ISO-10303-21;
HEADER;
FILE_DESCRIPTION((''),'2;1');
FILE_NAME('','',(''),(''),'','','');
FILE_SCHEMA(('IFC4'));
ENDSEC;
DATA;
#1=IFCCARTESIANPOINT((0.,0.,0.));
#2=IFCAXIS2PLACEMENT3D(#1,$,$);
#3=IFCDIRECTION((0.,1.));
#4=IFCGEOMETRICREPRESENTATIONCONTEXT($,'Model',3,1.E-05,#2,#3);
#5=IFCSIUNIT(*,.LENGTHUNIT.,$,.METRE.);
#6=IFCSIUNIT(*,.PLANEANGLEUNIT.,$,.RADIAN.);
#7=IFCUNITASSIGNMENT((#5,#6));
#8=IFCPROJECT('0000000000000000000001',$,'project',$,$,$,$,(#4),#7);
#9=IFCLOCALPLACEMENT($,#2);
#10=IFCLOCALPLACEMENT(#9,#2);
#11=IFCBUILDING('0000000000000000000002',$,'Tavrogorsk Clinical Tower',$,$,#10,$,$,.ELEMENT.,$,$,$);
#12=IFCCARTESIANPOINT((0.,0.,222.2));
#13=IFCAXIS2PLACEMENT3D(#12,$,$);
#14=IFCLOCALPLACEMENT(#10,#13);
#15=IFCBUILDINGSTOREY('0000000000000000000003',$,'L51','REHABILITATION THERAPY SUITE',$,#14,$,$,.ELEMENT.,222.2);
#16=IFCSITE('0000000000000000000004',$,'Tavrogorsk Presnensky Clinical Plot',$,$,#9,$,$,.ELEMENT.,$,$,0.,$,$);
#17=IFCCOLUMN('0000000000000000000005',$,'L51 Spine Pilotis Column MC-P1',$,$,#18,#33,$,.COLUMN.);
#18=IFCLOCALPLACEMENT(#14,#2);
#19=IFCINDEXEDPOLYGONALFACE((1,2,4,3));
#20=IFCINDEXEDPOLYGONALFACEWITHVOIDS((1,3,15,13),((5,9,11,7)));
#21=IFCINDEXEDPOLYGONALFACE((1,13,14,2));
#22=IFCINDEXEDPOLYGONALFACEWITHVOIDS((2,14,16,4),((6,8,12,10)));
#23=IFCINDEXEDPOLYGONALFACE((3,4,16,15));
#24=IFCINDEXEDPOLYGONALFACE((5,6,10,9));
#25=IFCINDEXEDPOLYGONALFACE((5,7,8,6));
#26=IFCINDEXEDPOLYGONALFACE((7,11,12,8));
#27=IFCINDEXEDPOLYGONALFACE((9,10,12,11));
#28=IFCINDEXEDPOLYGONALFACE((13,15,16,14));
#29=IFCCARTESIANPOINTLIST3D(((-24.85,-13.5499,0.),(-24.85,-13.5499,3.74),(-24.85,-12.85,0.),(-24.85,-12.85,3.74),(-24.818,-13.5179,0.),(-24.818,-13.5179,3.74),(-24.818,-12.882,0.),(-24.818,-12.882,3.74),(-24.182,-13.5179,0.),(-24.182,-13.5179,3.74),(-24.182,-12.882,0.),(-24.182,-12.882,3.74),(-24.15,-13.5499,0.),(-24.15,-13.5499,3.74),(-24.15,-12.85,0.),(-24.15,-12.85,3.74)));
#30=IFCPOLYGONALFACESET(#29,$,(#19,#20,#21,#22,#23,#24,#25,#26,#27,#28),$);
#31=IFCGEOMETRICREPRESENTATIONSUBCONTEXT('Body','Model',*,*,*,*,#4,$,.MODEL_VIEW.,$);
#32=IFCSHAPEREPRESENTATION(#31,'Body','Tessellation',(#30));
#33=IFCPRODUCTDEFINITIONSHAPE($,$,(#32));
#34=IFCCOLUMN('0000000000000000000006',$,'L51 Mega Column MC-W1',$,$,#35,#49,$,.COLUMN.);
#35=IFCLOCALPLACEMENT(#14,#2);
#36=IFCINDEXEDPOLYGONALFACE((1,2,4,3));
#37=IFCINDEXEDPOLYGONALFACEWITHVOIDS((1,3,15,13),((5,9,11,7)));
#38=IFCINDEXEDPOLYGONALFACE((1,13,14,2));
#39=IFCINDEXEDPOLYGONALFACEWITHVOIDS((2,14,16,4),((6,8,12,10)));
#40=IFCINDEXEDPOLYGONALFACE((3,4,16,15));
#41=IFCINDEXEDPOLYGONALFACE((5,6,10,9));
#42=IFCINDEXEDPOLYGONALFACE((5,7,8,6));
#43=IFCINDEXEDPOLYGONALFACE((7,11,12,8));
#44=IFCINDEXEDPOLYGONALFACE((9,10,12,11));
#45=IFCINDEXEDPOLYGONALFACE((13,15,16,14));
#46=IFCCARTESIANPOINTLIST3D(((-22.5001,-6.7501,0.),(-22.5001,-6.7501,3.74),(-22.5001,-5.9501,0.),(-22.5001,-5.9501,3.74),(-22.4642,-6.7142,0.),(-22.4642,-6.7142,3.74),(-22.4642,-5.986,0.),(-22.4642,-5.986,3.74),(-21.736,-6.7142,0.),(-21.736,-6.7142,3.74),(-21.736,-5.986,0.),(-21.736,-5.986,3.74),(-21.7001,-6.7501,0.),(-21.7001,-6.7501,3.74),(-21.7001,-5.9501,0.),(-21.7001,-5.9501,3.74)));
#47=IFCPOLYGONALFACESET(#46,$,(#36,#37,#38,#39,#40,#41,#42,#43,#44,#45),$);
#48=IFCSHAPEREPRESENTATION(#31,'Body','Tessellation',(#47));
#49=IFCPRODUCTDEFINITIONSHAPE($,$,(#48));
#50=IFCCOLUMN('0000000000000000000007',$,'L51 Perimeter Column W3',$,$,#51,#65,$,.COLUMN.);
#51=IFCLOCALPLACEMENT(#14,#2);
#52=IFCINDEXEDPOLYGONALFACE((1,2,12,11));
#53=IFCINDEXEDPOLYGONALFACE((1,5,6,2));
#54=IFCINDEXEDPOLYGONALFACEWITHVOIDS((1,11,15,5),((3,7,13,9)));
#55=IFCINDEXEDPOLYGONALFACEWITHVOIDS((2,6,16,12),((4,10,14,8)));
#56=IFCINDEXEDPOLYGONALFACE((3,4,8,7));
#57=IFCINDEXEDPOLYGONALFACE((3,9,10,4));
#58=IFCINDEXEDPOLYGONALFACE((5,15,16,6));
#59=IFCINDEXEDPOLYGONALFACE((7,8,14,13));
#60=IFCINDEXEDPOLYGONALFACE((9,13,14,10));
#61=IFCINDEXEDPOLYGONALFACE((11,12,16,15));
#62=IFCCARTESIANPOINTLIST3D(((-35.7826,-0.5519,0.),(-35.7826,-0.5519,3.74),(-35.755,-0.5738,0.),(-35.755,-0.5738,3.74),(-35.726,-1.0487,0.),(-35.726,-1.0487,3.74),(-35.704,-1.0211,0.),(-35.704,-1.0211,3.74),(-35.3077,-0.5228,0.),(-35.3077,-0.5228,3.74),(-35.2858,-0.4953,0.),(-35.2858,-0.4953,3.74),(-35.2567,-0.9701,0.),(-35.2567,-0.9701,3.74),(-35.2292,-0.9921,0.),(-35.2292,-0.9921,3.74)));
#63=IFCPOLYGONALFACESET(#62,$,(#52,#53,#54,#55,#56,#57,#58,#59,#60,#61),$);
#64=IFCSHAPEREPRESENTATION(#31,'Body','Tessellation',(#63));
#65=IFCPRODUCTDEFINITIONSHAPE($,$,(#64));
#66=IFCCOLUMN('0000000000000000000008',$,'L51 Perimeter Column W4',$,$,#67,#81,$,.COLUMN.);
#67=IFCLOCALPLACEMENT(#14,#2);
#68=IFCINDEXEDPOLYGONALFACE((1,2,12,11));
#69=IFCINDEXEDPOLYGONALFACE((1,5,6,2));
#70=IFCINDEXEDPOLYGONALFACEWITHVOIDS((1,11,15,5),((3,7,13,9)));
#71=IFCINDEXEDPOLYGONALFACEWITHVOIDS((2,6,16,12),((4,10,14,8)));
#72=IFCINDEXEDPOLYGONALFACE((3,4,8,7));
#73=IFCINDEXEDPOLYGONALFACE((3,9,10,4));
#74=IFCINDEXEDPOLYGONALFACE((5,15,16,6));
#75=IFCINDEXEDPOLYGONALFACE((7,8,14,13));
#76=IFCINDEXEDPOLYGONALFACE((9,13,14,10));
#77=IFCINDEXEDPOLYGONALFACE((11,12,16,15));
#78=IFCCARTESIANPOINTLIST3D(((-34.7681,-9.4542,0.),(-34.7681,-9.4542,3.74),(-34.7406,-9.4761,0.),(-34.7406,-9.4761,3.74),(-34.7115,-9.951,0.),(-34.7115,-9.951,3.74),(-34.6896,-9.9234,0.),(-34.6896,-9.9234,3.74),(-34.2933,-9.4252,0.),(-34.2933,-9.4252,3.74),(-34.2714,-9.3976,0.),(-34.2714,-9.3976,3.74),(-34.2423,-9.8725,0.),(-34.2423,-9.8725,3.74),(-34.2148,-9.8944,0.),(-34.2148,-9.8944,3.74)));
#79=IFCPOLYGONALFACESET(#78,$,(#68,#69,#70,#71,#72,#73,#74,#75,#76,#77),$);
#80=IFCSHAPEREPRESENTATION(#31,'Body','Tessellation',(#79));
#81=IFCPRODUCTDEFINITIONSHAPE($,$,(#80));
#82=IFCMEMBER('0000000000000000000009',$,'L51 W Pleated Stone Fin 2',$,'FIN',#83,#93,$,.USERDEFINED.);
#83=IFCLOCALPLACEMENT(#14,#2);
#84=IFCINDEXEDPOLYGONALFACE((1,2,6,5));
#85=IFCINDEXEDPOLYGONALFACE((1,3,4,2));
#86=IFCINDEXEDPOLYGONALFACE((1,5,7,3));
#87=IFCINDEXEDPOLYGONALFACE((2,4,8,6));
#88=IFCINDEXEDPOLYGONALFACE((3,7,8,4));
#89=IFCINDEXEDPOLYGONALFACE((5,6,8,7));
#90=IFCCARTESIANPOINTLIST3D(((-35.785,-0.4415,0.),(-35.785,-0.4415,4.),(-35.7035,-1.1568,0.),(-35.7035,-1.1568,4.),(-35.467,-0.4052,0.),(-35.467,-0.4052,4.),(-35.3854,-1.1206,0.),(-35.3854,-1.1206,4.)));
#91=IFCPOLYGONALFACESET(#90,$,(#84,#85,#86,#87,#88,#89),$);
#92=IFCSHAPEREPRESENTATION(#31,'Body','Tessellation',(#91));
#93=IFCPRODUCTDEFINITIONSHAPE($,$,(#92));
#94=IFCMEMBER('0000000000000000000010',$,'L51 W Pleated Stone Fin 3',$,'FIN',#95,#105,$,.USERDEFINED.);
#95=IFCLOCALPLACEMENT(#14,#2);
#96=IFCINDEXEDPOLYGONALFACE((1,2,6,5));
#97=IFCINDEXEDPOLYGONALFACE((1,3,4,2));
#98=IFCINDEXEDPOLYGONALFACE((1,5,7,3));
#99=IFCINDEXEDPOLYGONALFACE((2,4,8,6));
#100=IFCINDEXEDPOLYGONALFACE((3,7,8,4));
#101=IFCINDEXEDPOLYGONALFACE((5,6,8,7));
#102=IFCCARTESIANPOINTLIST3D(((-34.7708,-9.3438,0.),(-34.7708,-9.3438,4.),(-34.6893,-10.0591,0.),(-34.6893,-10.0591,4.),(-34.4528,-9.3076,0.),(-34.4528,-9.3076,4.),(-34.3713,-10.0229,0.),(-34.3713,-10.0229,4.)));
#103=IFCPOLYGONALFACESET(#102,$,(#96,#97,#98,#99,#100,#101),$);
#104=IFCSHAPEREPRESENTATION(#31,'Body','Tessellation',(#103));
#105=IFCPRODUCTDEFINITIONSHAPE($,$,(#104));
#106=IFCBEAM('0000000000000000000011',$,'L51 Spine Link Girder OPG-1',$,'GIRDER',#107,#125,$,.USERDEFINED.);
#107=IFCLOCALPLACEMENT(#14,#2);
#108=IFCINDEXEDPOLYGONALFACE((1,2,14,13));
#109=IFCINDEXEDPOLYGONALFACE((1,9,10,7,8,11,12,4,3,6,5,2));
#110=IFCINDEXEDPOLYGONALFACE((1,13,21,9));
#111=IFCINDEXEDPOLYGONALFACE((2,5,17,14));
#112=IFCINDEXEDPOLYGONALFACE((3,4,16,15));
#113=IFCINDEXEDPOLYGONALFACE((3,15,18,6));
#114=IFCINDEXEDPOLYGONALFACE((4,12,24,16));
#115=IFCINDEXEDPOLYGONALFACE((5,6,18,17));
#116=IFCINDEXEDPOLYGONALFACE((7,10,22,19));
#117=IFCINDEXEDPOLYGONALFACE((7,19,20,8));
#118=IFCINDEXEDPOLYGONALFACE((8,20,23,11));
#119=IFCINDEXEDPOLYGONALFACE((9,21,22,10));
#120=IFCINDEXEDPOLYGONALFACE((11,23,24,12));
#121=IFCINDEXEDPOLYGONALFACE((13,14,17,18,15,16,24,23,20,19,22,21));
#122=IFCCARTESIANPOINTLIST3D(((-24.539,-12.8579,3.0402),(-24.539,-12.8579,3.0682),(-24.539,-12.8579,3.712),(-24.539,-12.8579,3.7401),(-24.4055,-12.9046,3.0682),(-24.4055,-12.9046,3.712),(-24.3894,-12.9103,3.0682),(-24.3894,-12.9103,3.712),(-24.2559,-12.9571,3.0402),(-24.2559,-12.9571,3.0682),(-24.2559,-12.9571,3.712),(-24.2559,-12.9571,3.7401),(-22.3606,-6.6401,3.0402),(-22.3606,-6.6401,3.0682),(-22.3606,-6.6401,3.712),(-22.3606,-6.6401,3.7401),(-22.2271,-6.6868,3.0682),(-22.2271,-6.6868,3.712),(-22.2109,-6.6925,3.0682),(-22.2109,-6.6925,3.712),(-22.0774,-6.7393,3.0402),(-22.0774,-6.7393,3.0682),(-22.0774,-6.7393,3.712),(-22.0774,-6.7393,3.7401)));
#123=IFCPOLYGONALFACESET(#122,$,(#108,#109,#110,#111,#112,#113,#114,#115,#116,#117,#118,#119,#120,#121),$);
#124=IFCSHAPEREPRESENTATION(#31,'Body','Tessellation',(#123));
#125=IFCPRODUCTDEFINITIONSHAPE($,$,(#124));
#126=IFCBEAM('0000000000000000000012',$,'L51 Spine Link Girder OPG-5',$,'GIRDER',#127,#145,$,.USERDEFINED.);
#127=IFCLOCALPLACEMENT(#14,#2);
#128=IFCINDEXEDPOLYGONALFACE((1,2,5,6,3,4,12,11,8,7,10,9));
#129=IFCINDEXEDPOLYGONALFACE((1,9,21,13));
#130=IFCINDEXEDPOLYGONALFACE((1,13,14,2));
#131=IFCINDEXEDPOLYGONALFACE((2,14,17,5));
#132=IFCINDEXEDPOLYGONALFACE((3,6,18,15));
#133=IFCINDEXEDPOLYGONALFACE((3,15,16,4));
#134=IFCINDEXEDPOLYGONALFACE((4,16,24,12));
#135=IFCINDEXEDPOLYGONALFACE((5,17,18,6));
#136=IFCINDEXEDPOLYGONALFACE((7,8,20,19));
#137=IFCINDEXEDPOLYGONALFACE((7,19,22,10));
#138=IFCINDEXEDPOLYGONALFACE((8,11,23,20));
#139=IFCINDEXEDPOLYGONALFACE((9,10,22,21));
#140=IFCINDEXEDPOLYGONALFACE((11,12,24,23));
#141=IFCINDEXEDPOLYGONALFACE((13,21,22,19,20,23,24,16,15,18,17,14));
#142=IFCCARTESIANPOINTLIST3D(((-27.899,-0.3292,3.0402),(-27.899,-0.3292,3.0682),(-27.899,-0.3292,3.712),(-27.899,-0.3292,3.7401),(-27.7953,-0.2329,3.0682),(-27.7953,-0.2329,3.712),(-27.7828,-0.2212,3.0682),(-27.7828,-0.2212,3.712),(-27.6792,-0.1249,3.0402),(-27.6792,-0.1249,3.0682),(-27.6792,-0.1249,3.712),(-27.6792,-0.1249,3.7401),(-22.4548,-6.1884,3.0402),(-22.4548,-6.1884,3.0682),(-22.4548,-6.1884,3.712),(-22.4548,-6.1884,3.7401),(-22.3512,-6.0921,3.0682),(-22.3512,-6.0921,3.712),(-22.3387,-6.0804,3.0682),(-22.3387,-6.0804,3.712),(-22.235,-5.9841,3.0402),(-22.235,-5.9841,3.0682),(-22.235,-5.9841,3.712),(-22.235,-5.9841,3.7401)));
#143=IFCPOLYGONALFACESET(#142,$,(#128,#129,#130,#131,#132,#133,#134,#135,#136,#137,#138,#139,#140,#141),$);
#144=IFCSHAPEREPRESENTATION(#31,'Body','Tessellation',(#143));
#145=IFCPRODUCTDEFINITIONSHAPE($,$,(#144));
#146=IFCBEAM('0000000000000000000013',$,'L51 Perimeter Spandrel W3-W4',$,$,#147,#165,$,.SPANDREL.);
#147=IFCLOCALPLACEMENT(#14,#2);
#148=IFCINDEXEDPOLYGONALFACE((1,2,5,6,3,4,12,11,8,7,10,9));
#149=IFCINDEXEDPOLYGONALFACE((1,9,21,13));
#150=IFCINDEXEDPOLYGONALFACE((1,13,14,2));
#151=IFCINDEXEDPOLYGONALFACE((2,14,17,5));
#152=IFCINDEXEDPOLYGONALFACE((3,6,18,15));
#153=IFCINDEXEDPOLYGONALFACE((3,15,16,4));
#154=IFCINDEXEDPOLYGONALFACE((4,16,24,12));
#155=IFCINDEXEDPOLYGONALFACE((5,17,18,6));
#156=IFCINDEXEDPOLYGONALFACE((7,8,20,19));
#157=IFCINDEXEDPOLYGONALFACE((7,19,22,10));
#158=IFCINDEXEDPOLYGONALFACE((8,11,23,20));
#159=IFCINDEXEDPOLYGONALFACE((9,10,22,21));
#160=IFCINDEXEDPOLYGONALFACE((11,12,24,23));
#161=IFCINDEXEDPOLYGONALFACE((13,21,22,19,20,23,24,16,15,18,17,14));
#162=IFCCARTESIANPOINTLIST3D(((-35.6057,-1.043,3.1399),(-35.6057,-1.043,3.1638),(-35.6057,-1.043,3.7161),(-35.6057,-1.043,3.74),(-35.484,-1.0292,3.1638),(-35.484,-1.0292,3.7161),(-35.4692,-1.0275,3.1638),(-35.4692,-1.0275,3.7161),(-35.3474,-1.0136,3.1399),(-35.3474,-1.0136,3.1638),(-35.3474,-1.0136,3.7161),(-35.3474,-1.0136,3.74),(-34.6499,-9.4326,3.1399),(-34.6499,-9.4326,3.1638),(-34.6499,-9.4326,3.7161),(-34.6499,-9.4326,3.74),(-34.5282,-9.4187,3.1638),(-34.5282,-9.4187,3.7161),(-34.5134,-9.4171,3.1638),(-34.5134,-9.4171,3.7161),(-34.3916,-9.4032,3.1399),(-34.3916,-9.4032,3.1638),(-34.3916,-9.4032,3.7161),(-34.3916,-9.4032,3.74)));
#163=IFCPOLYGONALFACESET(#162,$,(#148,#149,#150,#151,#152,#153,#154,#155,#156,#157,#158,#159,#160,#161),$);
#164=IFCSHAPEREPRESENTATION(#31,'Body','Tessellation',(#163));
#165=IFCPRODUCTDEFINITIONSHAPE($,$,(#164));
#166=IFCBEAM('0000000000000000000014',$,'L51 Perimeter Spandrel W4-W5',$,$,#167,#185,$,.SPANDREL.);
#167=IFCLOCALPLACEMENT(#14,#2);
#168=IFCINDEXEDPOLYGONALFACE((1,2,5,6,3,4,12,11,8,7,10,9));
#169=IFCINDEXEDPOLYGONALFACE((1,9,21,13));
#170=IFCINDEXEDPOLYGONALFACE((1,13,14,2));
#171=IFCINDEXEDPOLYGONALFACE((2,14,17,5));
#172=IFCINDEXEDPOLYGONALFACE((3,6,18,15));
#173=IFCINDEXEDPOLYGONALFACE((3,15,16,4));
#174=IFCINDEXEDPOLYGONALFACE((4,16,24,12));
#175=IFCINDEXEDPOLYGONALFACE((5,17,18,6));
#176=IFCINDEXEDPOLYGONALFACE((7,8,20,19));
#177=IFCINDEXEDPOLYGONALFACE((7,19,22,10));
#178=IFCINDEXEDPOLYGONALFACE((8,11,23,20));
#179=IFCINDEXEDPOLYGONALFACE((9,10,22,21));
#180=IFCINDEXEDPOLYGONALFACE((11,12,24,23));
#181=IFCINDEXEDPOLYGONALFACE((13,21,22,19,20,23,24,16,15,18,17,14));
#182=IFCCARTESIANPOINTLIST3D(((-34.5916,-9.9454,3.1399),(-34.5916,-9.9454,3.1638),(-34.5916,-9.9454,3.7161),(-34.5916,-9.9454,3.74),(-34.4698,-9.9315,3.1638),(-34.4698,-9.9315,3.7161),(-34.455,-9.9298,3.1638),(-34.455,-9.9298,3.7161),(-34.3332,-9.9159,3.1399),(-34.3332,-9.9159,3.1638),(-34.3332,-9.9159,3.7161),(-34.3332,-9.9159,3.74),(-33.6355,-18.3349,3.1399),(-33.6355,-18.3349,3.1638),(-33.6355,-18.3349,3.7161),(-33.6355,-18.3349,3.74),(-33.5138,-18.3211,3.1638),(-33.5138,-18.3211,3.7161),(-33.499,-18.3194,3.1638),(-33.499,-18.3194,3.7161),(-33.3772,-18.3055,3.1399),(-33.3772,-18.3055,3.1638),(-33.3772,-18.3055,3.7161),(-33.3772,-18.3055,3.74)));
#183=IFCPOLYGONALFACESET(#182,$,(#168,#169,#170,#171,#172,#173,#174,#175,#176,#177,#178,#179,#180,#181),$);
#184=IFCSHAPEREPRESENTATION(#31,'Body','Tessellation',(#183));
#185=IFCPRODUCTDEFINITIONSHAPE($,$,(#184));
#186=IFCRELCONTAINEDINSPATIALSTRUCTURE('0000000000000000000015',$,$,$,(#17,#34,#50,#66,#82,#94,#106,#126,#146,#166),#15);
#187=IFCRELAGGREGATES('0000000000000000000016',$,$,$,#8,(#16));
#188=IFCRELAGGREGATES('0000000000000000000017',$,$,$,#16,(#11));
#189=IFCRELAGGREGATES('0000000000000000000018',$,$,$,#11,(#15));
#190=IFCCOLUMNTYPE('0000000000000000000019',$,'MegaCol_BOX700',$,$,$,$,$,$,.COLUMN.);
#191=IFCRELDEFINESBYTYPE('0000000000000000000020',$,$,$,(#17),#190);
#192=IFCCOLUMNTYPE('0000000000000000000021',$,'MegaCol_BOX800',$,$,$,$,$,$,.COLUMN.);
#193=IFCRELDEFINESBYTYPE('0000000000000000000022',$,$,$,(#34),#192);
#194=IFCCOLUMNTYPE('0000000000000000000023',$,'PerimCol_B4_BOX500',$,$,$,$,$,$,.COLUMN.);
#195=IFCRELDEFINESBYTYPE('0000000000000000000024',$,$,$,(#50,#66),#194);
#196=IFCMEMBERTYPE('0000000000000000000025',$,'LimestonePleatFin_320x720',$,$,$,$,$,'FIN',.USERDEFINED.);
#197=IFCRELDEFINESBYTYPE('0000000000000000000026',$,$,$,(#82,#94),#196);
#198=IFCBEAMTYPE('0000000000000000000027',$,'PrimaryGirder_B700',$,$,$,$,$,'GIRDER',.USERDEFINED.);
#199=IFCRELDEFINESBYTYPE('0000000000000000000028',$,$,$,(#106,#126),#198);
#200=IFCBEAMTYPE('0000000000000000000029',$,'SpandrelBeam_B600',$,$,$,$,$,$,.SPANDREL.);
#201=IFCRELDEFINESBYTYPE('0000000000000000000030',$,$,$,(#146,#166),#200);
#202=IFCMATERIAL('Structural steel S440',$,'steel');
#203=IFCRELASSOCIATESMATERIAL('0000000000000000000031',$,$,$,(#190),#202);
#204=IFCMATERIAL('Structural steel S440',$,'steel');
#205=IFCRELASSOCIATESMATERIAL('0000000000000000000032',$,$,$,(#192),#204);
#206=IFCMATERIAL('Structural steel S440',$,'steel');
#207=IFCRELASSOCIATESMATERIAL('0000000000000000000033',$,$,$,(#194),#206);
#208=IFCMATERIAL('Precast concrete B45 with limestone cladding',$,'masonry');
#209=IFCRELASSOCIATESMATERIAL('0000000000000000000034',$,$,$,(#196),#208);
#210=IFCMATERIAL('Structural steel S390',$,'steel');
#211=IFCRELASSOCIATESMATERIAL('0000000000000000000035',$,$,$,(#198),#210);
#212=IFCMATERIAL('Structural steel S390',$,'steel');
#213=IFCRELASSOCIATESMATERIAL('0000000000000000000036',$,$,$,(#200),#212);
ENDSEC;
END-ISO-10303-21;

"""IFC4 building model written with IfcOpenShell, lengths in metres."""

from ifc_helpers import new_model, si_unit, direction, frame, origin, origin_2d, place, context, subcontext, project, spatial, rectangle, hollow_rectangle, i_section, extrude, material, material_profile, profile_set, type_object, element, save


model = new_model("IFC4")

# Units and contexts
model_context = context("Model", 3, precision=1e-05, world=origin(), true_north=direction((0.0, 1.0)))
body_context = subcontext(model_context, "Body", "Model", "MODEL_VIEW")
ifc_project = project(units=[si_unit("LENGTHUNIT", "METRE"), si_unit("PLANEANGLEUNIT", "RADIAN")], contexts=[model_context])

# Site, building, storey
site_placement = place(None, origin())
site = spatial("IfcSite", under=ifc_project, at=site_placement, Name="Tavrogorsk Presnensky Clinical Plot", CompositionType="ELEMENT", RefElevation=0.0)
building_placement = place(site_placement, origin())
building = spatial("IfcBuilding", under=site, at=building_placement, Name="Tavrogorsk Clinical Tower", CompositionType="ELEMENT")
storey_placement = place(building_placement, frame((0.0, 0.0, 222.2)))
storey = spatial("IfcBuildingStorey", under=building, at=storey_placement, Name="L51", Description="REHABILITATION THERAPY SUITE", CompositionType="ELEMENT", Elevation=222.2)

# Columns
ifc_material_1 = material(Name="Structural steel S440", Category="steel")
ifc_material_profile_1 = material_profile(ifc_material_1, hollow_rectangle(XDim=0.7, YDim=0.7, WallThickness=0.032, at=origin_2d()), Name="BOX-700x700x32")
ifc_profile_set_1 = profile_set([ifc_material_profile_1], Name="Structural steel S440")
column_type_1 = type_object("IfcColumnType", Name="MegaCol_BOX700", PredefinedType="COLUMN", material=ifc_profile_set_1)
column_1_placement = place(storey_placement, frame((-24.5, -13.2, 0.0), z_axis=(0.0, 0.0, 1.0), x_axis=(1.0, 0.0, 0.0)))
element("IfcColumn", 1, at=column_1_placement, inside=storey, type_object=column_type_1, Name="L51 Spine Pilotis Column MC-P1", PredefinedType="COLUMN", context=body_context, shape_type="SweptSolid", body=[
    extrude(hollow_rectangle(XDim=0.7, YDim=0.7, WallThickness=0.032, at=origin_2d()), origin(), (0.0, 0.0, 1.0), 3.74),
])
ifc_material_2 = material(Name="Structural steel S440", Category="steel")
ifc_material_profile_2 = material_profile(ifc_material_2, hollow_rectangle(XDim=0.8, YDim=0.8, WallThickness=0.0359, at=origin_2d()), Name="BOX-800x800x36")
ifc_profile_set_2 = profile_set([ifc_material_profile_2], Name="Structural steel S440")
column_type_2 = type_object("IfcColumnType", Name="MegaCol_BOX800", PredefinedType="COLUMN", material=ifc_profile_set_2)
column_2_placement = place(storey_placement, frame((-22.1001, -6.3501, 0.0), z_axis=(0.0, 0.0, 1.0), x_axis=(1.0, 0.0, 0.0)))
element("IfcColumn", 2, at=column_2_placement, inside=storey, type_object=column_type_2, Name="L51 Mega Column MC-W1", PredefinedType="COLUMN", context=body_context, shape_type="SweptSolid", body=[
    extrude(hollow_rectangle(XDim=0.8, YDim=0.8, WallThickness=0.0359, at=origin_2d()), origin(), (0.0, 0.0, 1.0), 3.74),
])
ifc_material_3 = material(Name="Structural steel S440", Category="steel")
ifc_material_profile_3 = material_profile(ifc_material_3, hollow_rectangle(XDim=0.5, YDim=0.5, WallThickness=0.0249, at=origin_2d()), Name="BOX-500x500x25")
ifc_profile_set_3 = profile_set([ifc_material_profile_3], Name="Structural steel S440")
column_type_3 = type_object("IfcColumnType", Name="PerimCol_B4_BOX500", PredefinedType="COLUMN", material=ifc_profile_set_3)
for number, where, z_axis, x_axis, name in (
    (3, (-35.5059, -0.772, 0.0), (0.0, 0.0, 1.0), (0.993572, 0.113203, 0.0), "L51 Perimeter Column W3"),
    (4, (-34.4915, -9.6743, 0.0), (0.0, 0.0, 1.0), (0.993572, 0.113203, 0.0), "L51 Perimeter Column W4"),
):
    element("IfcColumn", number, at=place(storey_placement, frame(where, z_axis=z_axis, x_axis=x_axis)), inside=storey, type_object=column_type_3, Name=name, PredefinedType="COLUMN", context=body_context, shape_type="SweptSolid", body=[
        extrude(hollow_rectangle(XDim=0.5, YDim=0.5, WallThickness=0.0249, at=origin_2d()), origin(), (0.0, 0.0, 1.0), 3.74),
    ])

# Members
ifc_material_4 = material(Name="Precast concrete B45 with limestone cladding", Category="masonry")
ifc_material_profile_4 = material_profile(ifc_material_4, rectangle(XDim=0.3201, YDim=0.72, at=origin_2d()), Name="LIMESTONE-FIN-320x720")
ifc_profile_set_4 = profile_set([ifc_material_profile_4], Name="Precast concrete B45 with limestone cladding")
member_type = type_object("IfcMemberType", Name="LimestonePleatFin_320x720", ElementType="FIN", PredefinedType="USERDEFINED", material=ifc_profile_set_4)
for number, where, z_axis, x_axis, name in (
    (5, (-35.5852, -0.781, 0.0), (0.0, 0.0, 1.0), (0.993572, 0.113203, 0.0), "L51 W Pleated Stone Fin 2"),
    (6, (-34.571, -9.6833, 0.0), (0.0, 0.0, 1.0), (0.993572, 0.113203, 0.0), "L51 W Pleated Stone Fin 3"),
):
    element("IfcMember", number, at=place(storey_placement, frame(where, z_axis=z_axis, x_axis=x_axis)), inside=storey, type_object=member_type, Name=name, ObjectType="FIN", PredefinedType="USERDEFINED", context=body_context, shape_type="SweptSolid", body=[
        extrude(rectangle(XDim=0.3201, YDim=0.72, at=origin_2d()), origin(), (0.0, 0.0, 1.0), 4.0),
    ])

# Beams
ifc_material_5 = material(Name="Structural steel S390", Category="steel")
ifc_material_profile_5 = material_profile(ifc_material_5, i_section(OverallWidth=0.3, OverallDepth=0.7, WebThickness=0.0171, FlangeThickness=0.0281, at=origin_2d()), Name="B-700x300x17x28")
ifc_profile_set_5 = profile_set([ifc_material_profile_5], Name="Structural steel S390")
beam_type_1 = type_object("IfcBeamType", Name="PrimaryGirder_B700", ElementType="GIRDER", PredefinedType="USERDEFINED", material=ifc_profile_set_5)
beam_1_placement = place(storey_placement, frame((-24.3975, -12.9075, 3.3901), z_axis=(0.330654, 0.943752, 0.0), x_axis=(-0.943752, 0.330654, 0.0)))
element("IfcBeam", 7, at=beam_1_placement, inside=storey, type_object=beam_type_1, Name="L51 Spine Link Girder OPG-1", ObjectType="GIRDER", PredefinedType="USERDEFINED", context=body_context, shape_type="SweptSolid", body=[
    extrude(i_section(OverallWidth=0.3, OverallDepth=0.7, WebThickness=0.0171, FlangeThickness=0.0281, at=origin_2d()), origin(), (0.0, 0.0, 1.0), 6.5884),
])
beam_2_placement = place(storey_placement, frame((-27.7891, -0.2271, 3.3901), z_axis=(0.680684, -0.732577, 0.0), x_axis=(0.732577, 0.680684, 0.0)))
element("IfcBeam", 8, at=beam_2_placement, inside=storey, type_object=beam_type_1, Name="L51 Spine Link Girder OPG-5", ObjectType="GIRDER", PredefinedType="USERDEFINED", context=body_context, shape_type="SweptSolid", body=[
    extrude(i_section(OverallWidth=0.3, OverallDepth=0.7, WebThickness=0.0171, FlangeThickness=0.0281, at=origin_2d()), origin(), (0.0, 0.0, 1.0), 7.998),
])
ifc_material_6 = material(Name="Structural steel S390", Category="steel")
ifc_material_profile_6 = material_profile(ifc_material_6, i_section(OverallWidth=0.26, OverallDepth=0.6001, WebThickness=0.0149, FlangeThickness=0.0239, at=origin_2d()), Name="B-600x260x15x24")
ifc_profile_set_6 = profile_set([ifc_material_profile_6], Name="Structural steel S390")
beam_type_2 = type_object("IfcBeamType", Name="SpandrelBeam_B600", PredefinedType="SPANDREL", material=ifc_profile_set_6)
for number, where, z_axis, x_axis, name in (
    (9, (-35.4766, -1.0283, 3.4399), (0.113195, -0.993573, 0.0), (0.993573, 0.113195, 0.0), "L51 Perimeter Spandrel W3-W4"),
    (10, (-34.4624, -9.9307, 3.4399), (0.113224, -0.99357, 0.0), (0.99357, 0.113224, 0.0), "L51 Perimeter Spandrel W4-W5"),
):
    element("IfcBeam", number, at=place(storey_placement, frame(where, z_axis=z_axis, x_axis=x_axis)), inside=storey, type_object=beam_type_2, Name=name, PredefinedType="SPANDREL", context=body_context, shape_type="SweptSolid", body=[
        extrude(i_section(OverallWidth=0.26, OverallDepth=0.6001, WebThickness=0.0149, FlangeThickness=0.0239, at=origin_2d()), origin(), (0.0, 0.0, 1.0), 8.4438),
    ])

save(model, "model.ifc")
